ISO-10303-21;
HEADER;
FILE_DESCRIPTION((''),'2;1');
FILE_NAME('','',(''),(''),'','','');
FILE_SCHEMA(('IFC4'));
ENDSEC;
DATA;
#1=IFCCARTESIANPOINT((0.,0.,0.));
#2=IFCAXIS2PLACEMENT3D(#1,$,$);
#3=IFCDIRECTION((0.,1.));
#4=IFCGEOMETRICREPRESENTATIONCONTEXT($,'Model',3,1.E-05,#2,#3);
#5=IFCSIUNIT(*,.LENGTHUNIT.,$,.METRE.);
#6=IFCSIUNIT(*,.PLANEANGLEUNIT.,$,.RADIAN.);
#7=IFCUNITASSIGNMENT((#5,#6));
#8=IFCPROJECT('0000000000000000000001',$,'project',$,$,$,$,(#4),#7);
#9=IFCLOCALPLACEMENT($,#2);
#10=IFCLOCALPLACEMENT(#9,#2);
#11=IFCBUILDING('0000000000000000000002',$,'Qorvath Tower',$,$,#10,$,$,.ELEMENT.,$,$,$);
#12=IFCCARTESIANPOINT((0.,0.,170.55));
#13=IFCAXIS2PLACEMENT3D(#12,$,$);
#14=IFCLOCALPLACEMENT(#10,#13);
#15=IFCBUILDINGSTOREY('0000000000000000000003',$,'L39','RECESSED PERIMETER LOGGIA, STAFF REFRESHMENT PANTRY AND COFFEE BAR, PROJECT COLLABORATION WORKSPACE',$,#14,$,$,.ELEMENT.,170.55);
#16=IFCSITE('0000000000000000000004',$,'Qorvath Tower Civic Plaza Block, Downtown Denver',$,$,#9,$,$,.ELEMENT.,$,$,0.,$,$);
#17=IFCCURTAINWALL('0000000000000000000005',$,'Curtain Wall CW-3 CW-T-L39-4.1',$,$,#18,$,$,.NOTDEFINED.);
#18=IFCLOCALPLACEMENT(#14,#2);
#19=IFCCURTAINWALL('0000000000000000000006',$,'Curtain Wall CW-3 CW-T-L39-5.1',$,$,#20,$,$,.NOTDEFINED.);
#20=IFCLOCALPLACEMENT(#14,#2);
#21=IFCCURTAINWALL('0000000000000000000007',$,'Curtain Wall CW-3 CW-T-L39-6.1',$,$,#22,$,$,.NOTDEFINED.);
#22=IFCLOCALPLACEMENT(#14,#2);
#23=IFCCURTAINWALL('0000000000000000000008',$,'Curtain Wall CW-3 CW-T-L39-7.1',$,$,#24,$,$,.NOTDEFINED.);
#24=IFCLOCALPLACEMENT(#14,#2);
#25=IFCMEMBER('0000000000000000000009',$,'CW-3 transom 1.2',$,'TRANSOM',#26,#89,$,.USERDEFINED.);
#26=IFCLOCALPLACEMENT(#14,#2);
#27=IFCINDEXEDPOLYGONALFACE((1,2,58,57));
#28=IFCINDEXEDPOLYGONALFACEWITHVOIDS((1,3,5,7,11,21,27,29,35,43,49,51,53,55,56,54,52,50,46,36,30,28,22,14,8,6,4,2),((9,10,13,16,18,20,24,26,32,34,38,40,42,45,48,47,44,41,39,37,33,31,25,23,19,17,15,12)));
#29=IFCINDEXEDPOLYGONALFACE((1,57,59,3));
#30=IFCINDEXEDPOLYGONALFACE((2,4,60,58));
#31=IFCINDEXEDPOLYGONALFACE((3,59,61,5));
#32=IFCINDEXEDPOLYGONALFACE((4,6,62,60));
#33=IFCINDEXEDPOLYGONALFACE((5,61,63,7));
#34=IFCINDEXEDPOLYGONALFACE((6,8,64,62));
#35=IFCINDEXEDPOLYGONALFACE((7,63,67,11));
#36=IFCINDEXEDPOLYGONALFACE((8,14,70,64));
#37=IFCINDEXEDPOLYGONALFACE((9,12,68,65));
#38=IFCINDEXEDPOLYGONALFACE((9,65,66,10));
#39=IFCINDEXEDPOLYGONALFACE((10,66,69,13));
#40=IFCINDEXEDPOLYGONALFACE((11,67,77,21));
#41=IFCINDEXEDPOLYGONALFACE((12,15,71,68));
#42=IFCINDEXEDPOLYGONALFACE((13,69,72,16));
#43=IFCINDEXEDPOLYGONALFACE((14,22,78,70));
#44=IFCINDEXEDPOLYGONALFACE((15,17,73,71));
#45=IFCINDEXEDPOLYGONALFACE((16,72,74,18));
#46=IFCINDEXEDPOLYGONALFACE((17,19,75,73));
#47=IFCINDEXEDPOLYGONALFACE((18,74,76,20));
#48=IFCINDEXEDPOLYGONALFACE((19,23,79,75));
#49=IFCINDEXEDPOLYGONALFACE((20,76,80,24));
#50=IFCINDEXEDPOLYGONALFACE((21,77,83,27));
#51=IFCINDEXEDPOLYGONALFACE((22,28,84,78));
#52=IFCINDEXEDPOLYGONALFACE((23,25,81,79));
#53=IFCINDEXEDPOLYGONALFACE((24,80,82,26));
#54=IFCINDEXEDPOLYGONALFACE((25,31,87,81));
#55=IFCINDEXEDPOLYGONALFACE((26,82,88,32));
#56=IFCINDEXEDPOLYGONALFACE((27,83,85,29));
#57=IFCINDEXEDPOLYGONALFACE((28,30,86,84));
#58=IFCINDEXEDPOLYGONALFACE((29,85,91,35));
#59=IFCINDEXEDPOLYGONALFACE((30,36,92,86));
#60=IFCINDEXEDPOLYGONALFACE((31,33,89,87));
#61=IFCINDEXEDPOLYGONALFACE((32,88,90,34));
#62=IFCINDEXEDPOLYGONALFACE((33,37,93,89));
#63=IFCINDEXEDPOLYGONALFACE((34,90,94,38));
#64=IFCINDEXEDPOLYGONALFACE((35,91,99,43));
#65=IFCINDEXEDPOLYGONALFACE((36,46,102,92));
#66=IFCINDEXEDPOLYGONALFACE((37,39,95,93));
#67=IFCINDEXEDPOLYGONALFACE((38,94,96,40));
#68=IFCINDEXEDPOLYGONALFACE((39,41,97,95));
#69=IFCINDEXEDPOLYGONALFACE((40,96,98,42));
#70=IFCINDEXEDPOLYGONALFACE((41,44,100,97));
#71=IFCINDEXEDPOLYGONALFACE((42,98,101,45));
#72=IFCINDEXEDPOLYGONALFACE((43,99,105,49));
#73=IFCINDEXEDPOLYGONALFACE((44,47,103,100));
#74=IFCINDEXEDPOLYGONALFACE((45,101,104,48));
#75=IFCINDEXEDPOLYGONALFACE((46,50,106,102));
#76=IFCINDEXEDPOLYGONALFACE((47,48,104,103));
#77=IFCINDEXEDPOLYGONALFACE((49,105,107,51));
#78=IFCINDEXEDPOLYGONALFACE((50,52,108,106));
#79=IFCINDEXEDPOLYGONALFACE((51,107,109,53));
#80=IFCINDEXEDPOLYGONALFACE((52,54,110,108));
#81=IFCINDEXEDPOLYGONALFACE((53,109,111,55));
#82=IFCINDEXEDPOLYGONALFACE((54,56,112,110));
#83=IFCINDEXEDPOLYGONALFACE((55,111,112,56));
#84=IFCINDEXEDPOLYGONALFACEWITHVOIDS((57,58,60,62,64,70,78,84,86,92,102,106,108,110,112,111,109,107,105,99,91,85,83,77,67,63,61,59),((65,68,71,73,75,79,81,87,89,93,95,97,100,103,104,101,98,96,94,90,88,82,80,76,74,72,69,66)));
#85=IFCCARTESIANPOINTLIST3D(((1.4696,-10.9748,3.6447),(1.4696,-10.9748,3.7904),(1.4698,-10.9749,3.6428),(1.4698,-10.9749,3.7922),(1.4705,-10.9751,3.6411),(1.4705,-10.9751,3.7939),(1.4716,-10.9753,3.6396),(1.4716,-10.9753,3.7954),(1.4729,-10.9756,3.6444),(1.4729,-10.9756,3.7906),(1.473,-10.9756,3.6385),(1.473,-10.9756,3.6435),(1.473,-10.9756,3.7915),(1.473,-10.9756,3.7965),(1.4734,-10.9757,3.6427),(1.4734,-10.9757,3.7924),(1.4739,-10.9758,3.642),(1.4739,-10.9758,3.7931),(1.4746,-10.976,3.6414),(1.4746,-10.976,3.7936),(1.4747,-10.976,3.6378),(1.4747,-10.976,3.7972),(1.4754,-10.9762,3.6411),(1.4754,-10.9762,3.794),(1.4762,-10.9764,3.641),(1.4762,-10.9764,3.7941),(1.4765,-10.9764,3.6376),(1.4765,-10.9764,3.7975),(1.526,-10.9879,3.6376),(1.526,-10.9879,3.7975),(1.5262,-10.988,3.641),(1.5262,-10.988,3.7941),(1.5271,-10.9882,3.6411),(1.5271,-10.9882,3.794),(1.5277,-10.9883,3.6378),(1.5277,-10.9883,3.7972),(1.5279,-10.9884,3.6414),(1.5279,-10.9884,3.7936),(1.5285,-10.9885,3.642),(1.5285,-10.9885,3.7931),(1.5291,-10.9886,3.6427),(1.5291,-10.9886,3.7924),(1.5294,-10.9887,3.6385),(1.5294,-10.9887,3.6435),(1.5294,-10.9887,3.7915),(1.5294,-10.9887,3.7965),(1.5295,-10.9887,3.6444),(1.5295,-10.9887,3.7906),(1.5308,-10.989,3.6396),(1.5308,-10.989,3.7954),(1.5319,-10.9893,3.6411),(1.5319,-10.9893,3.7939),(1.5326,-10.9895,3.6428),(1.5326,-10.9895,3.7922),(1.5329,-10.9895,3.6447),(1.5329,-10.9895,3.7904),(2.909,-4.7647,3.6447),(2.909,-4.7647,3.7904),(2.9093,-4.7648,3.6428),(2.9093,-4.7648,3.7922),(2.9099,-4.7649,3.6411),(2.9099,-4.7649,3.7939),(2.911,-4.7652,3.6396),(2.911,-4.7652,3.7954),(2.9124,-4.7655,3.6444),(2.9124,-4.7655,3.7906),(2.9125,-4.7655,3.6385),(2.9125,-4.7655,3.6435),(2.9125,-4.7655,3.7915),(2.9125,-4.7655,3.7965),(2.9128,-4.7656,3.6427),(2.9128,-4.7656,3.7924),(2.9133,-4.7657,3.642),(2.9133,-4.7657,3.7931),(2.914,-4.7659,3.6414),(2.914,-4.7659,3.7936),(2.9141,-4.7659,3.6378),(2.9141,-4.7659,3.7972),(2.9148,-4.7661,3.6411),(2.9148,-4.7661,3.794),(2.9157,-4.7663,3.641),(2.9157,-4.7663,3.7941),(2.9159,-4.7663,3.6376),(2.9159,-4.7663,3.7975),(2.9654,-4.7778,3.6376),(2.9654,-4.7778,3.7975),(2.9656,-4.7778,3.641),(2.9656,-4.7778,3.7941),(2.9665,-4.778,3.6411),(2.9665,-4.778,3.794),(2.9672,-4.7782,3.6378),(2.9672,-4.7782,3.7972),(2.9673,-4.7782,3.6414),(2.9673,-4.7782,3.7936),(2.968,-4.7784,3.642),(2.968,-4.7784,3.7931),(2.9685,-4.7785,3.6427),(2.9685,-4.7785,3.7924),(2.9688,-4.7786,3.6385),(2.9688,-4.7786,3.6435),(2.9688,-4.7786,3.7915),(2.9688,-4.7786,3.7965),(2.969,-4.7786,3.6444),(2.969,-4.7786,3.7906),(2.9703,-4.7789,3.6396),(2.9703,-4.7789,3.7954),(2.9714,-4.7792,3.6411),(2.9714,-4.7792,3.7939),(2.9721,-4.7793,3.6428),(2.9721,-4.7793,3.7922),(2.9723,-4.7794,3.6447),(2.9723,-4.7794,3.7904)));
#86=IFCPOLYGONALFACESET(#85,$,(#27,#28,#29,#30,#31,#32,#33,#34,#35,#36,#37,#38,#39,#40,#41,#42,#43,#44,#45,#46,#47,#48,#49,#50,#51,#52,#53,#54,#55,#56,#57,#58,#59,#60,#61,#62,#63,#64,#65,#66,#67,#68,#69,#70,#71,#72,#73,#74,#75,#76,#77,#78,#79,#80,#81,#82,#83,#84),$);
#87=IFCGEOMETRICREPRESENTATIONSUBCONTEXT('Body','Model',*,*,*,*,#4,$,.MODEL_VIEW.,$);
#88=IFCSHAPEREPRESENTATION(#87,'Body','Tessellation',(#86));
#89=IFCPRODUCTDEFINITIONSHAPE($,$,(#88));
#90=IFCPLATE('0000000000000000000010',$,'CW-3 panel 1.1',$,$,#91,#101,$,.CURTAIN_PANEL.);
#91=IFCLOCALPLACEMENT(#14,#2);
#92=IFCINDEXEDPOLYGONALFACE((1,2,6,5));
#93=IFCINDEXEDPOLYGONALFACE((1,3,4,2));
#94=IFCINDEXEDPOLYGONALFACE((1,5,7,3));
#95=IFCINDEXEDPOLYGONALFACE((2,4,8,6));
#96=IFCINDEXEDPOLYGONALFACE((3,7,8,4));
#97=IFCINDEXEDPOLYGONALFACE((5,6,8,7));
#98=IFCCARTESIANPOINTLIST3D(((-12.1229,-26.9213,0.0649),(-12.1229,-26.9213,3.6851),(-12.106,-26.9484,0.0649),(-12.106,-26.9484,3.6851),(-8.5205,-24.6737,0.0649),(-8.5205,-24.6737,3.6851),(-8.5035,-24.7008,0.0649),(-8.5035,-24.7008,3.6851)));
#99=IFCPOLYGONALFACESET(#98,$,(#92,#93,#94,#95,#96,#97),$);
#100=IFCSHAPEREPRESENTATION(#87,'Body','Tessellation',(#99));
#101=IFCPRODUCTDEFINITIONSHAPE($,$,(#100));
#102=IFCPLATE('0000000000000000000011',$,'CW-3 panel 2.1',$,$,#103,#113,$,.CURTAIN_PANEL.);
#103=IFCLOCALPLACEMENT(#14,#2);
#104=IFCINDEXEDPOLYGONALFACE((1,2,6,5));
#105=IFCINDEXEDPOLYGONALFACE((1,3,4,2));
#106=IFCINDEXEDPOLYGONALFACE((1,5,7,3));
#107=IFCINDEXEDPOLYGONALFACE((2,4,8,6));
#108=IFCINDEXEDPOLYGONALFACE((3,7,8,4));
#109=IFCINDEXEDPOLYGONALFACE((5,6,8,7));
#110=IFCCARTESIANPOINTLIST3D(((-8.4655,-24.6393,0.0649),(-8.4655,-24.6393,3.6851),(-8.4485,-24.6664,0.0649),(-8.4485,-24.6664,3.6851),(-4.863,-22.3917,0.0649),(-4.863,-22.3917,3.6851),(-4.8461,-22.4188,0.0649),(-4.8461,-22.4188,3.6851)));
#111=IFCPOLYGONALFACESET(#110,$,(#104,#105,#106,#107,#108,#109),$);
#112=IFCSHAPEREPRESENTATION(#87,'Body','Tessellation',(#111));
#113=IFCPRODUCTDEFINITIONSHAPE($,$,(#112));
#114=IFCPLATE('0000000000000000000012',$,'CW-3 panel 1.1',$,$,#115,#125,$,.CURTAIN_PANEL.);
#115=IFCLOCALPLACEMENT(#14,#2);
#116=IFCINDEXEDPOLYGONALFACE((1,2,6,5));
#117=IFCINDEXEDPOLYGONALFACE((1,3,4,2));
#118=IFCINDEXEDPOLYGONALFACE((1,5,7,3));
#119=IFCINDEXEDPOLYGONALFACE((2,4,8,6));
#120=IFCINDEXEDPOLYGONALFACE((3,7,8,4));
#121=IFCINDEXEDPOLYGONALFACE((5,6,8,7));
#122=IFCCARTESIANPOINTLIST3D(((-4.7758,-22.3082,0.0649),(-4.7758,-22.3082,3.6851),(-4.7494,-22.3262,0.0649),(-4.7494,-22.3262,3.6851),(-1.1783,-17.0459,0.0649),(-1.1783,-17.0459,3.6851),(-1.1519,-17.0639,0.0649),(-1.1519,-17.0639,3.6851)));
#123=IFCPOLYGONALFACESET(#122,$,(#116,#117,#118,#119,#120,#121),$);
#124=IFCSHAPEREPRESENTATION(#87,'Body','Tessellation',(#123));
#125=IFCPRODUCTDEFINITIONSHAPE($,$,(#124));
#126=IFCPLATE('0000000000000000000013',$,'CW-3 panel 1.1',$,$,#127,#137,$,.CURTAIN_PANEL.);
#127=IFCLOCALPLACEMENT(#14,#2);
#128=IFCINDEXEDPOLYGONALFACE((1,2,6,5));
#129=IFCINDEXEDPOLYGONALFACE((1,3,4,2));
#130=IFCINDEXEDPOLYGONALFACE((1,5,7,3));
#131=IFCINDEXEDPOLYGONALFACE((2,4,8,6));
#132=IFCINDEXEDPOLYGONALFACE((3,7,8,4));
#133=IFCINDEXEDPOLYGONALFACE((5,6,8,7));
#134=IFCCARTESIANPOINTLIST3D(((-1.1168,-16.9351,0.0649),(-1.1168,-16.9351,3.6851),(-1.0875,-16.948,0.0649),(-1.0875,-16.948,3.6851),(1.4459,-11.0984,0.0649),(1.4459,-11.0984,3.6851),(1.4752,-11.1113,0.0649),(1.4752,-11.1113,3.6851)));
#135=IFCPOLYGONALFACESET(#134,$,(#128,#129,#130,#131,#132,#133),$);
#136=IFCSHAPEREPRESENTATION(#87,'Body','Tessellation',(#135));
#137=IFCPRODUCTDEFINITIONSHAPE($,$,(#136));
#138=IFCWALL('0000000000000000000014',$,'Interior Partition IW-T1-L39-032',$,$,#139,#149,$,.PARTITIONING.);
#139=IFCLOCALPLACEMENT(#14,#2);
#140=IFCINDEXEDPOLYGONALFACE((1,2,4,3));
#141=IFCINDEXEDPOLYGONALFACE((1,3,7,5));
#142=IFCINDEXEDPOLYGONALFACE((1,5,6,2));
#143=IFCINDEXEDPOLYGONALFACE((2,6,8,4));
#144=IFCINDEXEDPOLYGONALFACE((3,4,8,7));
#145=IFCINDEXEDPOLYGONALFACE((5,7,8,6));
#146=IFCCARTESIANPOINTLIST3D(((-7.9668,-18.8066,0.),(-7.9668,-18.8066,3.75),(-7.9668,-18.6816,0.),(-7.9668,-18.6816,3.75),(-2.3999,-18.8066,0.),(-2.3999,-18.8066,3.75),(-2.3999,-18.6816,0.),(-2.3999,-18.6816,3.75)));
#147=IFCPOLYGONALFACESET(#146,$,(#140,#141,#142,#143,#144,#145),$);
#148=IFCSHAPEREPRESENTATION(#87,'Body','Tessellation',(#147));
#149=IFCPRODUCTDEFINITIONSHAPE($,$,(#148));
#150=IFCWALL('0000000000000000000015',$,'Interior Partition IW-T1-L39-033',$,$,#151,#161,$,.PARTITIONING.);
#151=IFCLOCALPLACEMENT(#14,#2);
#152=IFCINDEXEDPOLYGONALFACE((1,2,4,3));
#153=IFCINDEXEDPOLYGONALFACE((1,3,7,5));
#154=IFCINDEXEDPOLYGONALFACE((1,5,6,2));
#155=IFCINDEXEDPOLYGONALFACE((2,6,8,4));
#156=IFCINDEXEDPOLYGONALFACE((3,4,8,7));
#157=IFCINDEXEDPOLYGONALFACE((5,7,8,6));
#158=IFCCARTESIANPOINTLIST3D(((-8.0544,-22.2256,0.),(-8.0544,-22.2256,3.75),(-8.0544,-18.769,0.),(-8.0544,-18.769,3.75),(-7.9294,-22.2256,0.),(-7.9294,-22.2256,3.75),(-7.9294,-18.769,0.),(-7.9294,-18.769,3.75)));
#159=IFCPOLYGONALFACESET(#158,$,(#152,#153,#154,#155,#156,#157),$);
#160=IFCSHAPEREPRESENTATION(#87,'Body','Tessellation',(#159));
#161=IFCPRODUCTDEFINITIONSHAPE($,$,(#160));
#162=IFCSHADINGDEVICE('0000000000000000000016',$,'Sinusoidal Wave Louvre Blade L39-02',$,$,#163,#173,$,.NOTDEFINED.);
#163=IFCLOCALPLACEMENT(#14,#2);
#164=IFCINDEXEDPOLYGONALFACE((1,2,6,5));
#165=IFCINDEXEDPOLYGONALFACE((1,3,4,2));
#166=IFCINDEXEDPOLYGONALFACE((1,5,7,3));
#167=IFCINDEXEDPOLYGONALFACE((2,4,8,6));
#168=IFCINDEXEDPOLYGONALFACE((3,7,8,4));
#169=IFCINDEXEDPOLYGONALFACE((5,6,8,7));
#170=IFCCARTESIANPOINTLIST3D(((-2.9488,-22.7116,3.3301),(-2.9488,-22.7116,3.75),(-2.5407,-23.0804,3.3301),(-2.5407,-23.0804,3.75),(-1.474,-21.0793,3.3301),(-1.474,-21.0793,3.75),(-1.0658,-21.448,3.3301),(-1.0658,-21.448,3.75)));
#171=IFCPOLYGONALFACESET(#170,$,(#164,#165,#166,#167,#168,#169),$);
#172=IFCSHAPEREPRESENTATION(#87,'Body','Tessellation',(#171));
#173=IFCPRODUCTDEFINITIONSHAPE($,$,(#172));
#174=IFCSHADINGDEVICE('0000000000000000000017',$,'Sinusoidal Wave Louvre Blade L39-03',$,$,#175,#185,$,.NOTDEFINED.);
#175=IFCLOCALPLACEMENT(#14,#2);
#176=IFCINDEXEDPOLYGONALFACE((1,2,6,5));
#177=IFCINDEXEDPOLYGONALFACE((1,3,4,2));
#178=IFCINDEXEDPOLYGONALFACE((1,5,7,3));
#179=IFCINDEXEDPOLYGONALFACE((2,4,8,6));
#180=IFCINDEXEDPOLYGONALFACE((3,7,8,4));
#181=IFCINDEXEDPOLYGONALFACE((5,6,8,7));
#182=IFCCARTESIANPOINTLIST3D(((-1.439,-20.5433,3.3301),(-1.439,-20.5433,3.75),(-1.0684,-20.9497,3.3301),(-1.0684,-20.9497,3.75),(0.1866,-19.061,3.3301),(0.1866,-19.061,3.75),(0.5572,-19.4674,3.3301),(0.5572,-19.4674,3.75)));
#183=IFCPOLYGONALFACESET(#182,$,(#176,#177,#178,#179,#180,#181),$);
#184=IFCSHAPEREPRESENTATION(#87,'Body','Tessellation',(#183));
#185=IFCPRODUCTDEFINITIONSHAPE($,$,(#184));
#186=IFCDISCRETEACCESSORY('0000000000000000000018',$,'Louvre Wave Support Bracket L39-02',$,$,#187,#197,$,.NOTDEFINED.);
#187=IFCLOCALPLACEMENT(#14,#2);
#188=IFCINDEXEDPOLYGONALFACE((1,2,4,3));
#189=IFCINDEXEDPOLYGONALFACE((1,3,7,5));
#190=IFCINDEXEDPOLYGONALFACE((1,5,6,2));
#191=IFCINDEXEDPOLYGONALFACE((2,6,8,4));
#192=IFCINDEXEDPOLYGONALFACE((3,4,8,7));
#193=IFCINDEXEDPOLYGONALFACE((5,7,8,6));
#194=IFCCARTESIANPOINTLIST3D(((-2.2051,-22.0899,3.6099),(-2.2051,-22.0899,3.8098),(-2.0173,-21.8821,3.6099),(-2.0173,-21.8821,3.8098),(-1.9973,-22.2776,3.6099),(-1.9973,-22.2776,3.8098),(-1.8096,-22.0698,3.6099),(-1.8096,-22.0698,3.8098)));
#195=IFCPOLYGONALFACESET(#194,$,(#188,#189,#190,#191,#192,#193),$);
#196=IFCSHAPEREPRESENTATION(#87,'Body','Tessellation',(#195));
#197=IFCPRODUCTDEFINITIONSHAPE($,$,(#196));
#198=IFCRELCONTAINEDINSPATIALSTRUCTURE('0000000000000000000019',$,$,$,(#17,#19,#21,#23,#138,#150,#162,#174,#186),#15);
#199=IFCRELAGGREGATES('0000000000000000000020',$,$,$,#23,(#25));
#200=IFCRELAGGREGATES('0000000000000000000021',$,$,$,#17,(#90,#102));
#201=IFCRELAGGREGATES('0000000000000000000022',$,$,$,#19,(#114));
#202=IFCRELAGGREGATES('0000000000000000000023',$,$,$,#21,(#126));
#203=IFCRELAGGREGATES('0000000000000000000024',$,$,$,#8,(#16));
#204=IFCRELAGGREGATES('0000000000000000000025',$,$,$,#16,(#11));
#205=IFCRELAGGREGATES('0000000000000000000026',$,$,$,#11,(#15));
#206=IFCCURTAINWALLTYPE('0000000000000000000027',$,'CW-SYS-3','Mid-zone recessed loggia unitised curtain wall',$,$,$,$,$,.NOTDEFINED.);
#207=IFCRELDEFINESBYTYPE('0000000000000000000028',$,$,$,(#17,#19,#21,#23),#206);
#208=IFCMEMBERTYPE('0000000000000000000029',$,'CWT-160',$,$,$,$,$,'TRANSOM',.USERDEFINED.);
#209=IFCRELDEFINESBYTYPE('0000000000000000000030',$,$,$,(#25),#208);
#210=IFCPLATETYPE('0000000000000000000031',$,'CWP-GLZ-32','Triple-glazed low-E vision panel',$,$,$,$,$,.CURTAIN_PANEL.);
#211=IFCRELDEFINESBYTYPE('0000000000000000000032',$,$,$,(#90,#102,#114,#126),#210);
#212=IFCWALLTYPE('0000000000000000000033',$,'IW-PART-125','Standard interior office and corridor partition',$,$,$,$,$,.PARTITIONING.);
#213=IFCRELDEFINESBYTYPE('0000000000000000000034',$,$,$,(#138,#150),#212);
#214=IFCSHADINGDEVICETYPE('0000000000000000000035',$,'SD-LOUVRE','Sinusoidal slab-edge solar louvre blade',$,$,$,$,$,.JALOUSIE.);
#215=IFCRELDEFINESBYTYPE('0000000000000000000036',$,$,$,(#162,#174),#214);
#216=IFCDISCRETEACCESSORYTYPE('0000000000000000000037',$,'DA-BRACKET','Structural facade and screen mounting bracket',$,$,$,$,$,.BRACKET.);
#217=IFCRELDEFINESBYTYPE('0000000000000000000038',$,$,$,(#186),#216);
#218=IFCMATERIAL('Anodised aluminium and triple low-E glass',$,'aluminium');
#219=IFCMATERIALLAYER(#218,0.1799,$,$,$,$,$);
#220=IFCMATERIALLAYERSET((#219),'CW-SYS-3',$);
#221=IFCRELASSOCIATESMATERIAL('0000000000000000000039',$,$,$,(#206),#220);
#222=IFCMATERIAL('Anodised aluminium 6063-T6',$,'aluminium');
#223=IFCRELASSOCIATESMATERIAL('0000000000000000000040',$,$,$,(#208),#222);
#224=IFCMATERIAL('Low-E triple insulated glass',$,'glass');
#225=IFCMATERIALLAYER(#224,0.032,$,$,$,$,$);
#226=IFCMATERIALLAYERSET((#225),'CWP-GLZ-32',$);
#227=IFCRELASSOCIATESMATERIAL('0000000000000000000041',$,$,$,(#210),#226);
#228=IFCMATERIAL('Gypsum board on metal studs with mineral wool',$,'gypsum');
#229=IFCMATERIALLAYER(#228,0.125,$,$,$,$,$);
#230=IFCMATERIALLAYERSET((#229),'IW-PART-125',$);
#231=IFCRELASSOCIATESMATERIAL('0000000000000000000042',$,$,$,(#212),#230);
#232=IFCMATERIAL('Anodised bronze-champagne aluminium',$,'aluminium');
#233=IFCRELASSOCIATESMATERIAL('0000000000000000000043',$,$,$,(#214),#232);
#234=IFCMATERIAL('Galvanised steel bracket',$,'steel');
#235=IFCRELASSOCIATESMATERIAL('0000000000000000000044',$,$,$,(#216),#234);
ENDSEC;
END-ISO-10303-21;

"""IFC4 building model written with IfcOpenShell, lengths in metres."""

from ifc_helpers import new_model, si_unit, direction, frame, frame_2d, origin, origin_2d, place, context, subcontext, project, spatial, rectangle, hollow_rectangle, extrude, material, layer, layer_set, material_profile, profile_set, type_object, element, aggregate, save


model = new_model("IFC4")

# Units and contexts
model_context = context("Model", 3, precision=1e-05, world=origin(), true_north=direction((0.0, 1.0)))
body_context = subcontext(model_context, "Body", "Model", "MODEL_VIEW")
ifc_project = project(units=[si_unit("LENGTHUNIT", "METRE"), si_unit("PLANEANGLEUNIT", "RADIAN")], contexts=[model_context])

# Site, building, storey
site_placement = place(None, origin())
site = spatial("IfcSite", under=ifc_project, at=site_placement, Name="Qorvath Tower Civic Plaza Block, Downtown Denver", CompositionType="ELEMENT", RefElevation=0.0)
building_placement = place(site_placement, origin())
building = spatial("IfcBuilding", under=site, at=building_placement, Name="Qorvath Tower", CompositionType="ELEMENT")
storey_placement = place(building_placement, frame((0.0, 0.0, 170.55)))
storey = spatial("IfcBuildingStorey", under=building, at=storey_placement, Name="L39", Description="RECESSED PERIMETER LOGGIA, STAFF REFRESHMENT PANTRY AND COFFEE BAR, PROJECT COLLABORATION WORKSPACE", CompositionType="ELEMENT", Elevation=170.55)

# Curtain walls
ifc_material_1 = material(Name="Anodised aluminium and triple low-E glass", Category="aluminium")
ifc_layer_1 = layer(ifc_material_1, 0.1799)
ifc_layer_set_1 = layer_set([ifc_layer_1], Name="CW-SYS-3")
curtain_wall_type = type_object("IfcCurtainWallType", Name="CW-SYS-3", Description="Mid-zone recessed loggia unitised curtain wall", PredefinedType="NOTDEFINED", material=ifc_layer_set_1)
curtain_wall_1_placement = place(storey_placement, origin())
curtain_wall_1 = element("IfcCurtainWall", 1, at=curtain_wall_1_placement, inside=storey, type_object=curtain_wall_type, Name="Curtain Wall CW-3 CW-T-L39-4.1", PredefinedType="NOTDEFINED")
curtain_wall_2_placement = place(storey_placement, origin())
curtain_wall_2 = element("IfcCurtainWall", 2, at=curtain_wall_2_placement, inside=storey, type_object=curtain_wall_type, Name="Curtain Wall CW-3 CW-T-L39-5.1", PredefinedType="NOTDEFINED")
curtain_wall_3_placement = place(storey_placement, origin())
curtain_wall_3 = element("IfcCurtainWall", 3, at=curtain_wall_3_placement, inside=storey, type_object=curtain_wall_type, Name="Curtain Wall CW-3 CW-T-L39-6.1", PredefinedType="NOTDEFINED")

# Curtain wall
curtain_wall_4_placement = place(storey_placement, origin())
curtain_wall_4 = element("IfcCurtainWall", 4, at=curtain_wall_4_placement, inside=storey, type_object=curtain_wall_type, Name="Curtain Wall CW-3 CW-T-L39-7.1", PredefinedType="NOTDEFINED")

# Member
ifc_material_2 = material(Name="Anodised aluminium 6063-T6", Category="aluminium")
ifc_material_profile_1 = material_profile(ifc_material_2, hollow_rectangle(XDim=0.0649, YDim=0.1599, WallThickness=0.0034, InnerFilletRadius=0.0034, OuterFilletRadius=0.0071, at=origin_2d()), Name="CWT 160x65")
ifc_profile_set_1 = profile_set([ifc_material_profile_1], Name="Anodised aluminium 6063-T6")
member_type_1 = type_object("IfcMemberType", Name="CWT-160", ElementType="TRANSOM", PredefinedType="USERDEFINED", material=ifc_profile_set_1)
member_1_placement = place(storey_placement, frame((1.5012, -10.9822, 3.7175), z_axis=(0.225802, 0.974173, 0.0), x_axis=(-0.974173, 0.225802, 0.0)))
member_1 = element("IfcMember", 5, at=member_1_placement, type_object=member_type_1, Name="CW-3 transom 1.2", ObjectType="TRANSOM", PredefinedType="USERDEFINED", context=body_context, shape_type="SweptSolid", body=[
    extrude(hollow_rectangle(XDim=0.0649, YDim=0.1599, WallThickness=0.0034, InnerFilletRadius=0.0034, OuterFilletRadius=0.0071, at=origin_2d()), origin(), (0.0, 0.0, 1.0), 6.3748),
])
aggregate(curtain_wall_4, [member_1])

# Plates
ifc_material_3 = material(Name="Low-E triple insulated glass", Category="glass")
ifc_layer_2 = layer(ifc_material_3, 0.032)
ifc_layer_set_2 = layer_set([ifc_layer_2], Name="CWP-GLZ-32")
plate_type = type_object("IfcPlateType", Name="CWP-GLZ-32", Description="Triple-glazed low-E vision panel", PredefinedType="CURTAIN_PANEL", material=ifc_layer_set_2)
plate_1_placement = place(storey_placement, frame((-10.3132, -25.811, 0.0649), z_axis=(0.0, 0.0, 1.0), x_axis=(0.848417, 0.529328, 0.0)))
plate_1 = element("IfcPlate", 6, at=plate_1_placement, type_object=plate_type, Name="CW-3 panel 1.1", PredefinedType="CURTAIN_PANEL", context=body_context, shape_type="SweptSolid", body=[
    extrude(rectangle(XDim=4.2461, YDim=0.032, at=origin_2d()), origin(), (0.0, 0.0, 1.0), 3.6201),
])
plate_2_placement = place(storey_placement, frame((-6.6558, -23.5291, 0.0649), z_axis=(0.0, 0.0, 1.0), x_axis=(0.848417, 0.529328, 0.0)))
plate_2 = element("IfcPlate", 7, at=plate_2_placement, type_object=plate_type, Name="CW-3 panel 2.1", PredefinedType="CURTAIN_PANEL", context=body_context, shape_type="SweptSolid", body=[
    extrude(rectangle(XDim=4.2461, YDim=0.032, at=origin_2d()), origin(), (0.0, 0.0, 1.0), 3.6201),
])
aggregate(curtain_wall_1, [plate_1, plate_2])
plate_3_placement = place(storey_placement, frame((-2.9639, -19.686, 0.0649), z_axis=(0.0, 0.0, 1.0), x_axis=(0.564366, 0.825525, 0.0)))
plate_3 = element("IfcPlate", 8, at=plate_3_placement, type_object=plate_type, Name="CW-3 panel 1.1", PredefinedType="CURTAIN_PANEL", context=body_context, shape_type="SweptSolid", body=[
    extrude(rectangle(XDim=6.3745, YDim=0.032, at=origin_2d()), origin(), (0.0, 0.0, 1.0), 3.6201),
])
aggregate(curtain_wall_2, [plate_3])
plate_4_placement = place(storey_placement, frame((0.1792, -14.0232, 0.0649), z_axis=(0.0, 0.0, 1.0), x_axis=(0.402023, 0.915629, 0.0)))
plate_4 = element("IfcPlate", 9, at=plate_4_placement, type_object=plate_type, Name="CW-3 panel 1.1", PredefinedType="CURTAIN_PANEL", context=body_context, shape_type="SweptSolid", body=[
    extrude(rectangle(XDim=6.3745, YDim=0.032, at=origin_2d()), origin(), (0.0, 0.0, 1.0), 3.6201),
])
aggregate(curtain_wall_3, [plate_4])

# Walls
ifc_material_4 = material(Name="Gypsum board on metal studs with mineral wool", Category="gypsum")
ifc_layer_3 = layer(ifc_material_4, 0.125)
ifc_layer_set_3 = layer_set([ifc_layer_3], Name="IW-PART-125")
wall_type = type_object("IfcWallType", Name="IW-PART-125", Description="Standard interior office and corridor partition", PredefinedType="PARTITIONING", material=ifc_layer_set_3)
wall_1_placement = place(storey_placement, frame((-2.3999, -18.7441, 0.0), z_axis=(0.0, 0.0, 1.0), x_axis=(-1.0, 0.0, 0.0)))
element("IfcWall", 10, at=wall_1_placement, inside=storey, type_object=wall_type, Name="Interior Partition IW-T1-L39-032", PredefinedType="PARTITIONING", context=body_context, shape_type="SweptSolid", body=[
    extrude(rectangle(XDim=5.5669, YDim=0.125, at=frame_2d((2.7834, 0.0))), origin(), (0.0, 0.0, 1.0), 3.75),
])
wall_2_placement = place(storey_placement, frame((-7.9919, -22.2256, 0.0), z_axis=(0.0, 0.0, 1.0), x_axis=(0.0, 1.0, 0.0)))
element("IfcWall", 11, at=wall_2_placement, inside=storey, type_object=wall_type, Name="Interior Partition IW-T1-L39-033", PredefinedType="PARTITIONING", context=body_context, shape_type="SweptSolid", body=[
    extrude(rectangle(XDim=3.4565, YDim=0.125, at=frame_2d((1.7283, 0.0))), origin(), (0.0, 0.0, 1.0), 3.75),
])

# Shading devices
ifc_material_5 = material(Name="Anodised bronze-champagne aluminium", Category="aluminium")
shading_device_type = type_object("IfcShadingDeviceType", Name="SD-LOUVRE", Description="Sinusoidal slab-edge solar louvre blade", PredefinedType="JALOUSIE", material=ifc_material_5)
for number, where, z_axis, x_axis, name in (
    (12, (-2.0073, -22.0798, 3.3301), (0.0, 0.0, 1.0), (0.670406, 0.741995, 0.0), "Sinusoidal Wave Louvre Blade L39-02"),
    (13, (-0.4409, -20.0054, 3.3301), (0.0, 0.0, 1.0), (0.738919, 0.673794, 0.0), "Sinusoidal Wave Louvre Blade L39-03"),
):
    element("IfcShadingDevice", number, at=place(storey_placement, frame(where, z_axis=z_axis, x_axis=x_axis)), inside=storey, type_object=shading_device_type, Name=name, PredefinedType="NOTDEFINED", context=body_context, shape_type="SweptSolid", body=[
        extrude(rectangle(XDim=2.2, YDim=0.55, at=origin_2d()), origin(), (0.0, 0.0, 1.0), 0.4199),
    ])

# Discrete accessory
ifc_material_6 = material(Name="Galvanised steel bracket", Category="steel")
discrete_accessory_type = type_object("IfcDiscreteAccessoryType", Name="DA-BRACKET", Description="Structural facade and screen mounting bracket", PredefinedType="BRACKET", material=ifc_material_6)
for number, where, z_axis, x_axis, name in (
    (14, (-2.0073, -22.0798, 3.6099), (0.0, 0.0, 1.0), (0.670406, 0.741995, 0.0), "Louvre Wave Support Bracket L39-02"),
):
    element("IfcDiscreteAccessory", number, at=place(storey_placement, frame(where, z_axis=z_axis, x_axis=x_axis)), inside=storey, type_object=discrete_accessory_type, Name=name, PredefinedType="NOTDEFINED", context=body_context, shape_type="SweptSolid", body=[
        extrude(rectangle(XDim=0.28, YDim=0.28, at=origin_2d()), origin(), (0.0, 0.0, 1.0), 0.2),
    ])

save(model, "model.ifc")
